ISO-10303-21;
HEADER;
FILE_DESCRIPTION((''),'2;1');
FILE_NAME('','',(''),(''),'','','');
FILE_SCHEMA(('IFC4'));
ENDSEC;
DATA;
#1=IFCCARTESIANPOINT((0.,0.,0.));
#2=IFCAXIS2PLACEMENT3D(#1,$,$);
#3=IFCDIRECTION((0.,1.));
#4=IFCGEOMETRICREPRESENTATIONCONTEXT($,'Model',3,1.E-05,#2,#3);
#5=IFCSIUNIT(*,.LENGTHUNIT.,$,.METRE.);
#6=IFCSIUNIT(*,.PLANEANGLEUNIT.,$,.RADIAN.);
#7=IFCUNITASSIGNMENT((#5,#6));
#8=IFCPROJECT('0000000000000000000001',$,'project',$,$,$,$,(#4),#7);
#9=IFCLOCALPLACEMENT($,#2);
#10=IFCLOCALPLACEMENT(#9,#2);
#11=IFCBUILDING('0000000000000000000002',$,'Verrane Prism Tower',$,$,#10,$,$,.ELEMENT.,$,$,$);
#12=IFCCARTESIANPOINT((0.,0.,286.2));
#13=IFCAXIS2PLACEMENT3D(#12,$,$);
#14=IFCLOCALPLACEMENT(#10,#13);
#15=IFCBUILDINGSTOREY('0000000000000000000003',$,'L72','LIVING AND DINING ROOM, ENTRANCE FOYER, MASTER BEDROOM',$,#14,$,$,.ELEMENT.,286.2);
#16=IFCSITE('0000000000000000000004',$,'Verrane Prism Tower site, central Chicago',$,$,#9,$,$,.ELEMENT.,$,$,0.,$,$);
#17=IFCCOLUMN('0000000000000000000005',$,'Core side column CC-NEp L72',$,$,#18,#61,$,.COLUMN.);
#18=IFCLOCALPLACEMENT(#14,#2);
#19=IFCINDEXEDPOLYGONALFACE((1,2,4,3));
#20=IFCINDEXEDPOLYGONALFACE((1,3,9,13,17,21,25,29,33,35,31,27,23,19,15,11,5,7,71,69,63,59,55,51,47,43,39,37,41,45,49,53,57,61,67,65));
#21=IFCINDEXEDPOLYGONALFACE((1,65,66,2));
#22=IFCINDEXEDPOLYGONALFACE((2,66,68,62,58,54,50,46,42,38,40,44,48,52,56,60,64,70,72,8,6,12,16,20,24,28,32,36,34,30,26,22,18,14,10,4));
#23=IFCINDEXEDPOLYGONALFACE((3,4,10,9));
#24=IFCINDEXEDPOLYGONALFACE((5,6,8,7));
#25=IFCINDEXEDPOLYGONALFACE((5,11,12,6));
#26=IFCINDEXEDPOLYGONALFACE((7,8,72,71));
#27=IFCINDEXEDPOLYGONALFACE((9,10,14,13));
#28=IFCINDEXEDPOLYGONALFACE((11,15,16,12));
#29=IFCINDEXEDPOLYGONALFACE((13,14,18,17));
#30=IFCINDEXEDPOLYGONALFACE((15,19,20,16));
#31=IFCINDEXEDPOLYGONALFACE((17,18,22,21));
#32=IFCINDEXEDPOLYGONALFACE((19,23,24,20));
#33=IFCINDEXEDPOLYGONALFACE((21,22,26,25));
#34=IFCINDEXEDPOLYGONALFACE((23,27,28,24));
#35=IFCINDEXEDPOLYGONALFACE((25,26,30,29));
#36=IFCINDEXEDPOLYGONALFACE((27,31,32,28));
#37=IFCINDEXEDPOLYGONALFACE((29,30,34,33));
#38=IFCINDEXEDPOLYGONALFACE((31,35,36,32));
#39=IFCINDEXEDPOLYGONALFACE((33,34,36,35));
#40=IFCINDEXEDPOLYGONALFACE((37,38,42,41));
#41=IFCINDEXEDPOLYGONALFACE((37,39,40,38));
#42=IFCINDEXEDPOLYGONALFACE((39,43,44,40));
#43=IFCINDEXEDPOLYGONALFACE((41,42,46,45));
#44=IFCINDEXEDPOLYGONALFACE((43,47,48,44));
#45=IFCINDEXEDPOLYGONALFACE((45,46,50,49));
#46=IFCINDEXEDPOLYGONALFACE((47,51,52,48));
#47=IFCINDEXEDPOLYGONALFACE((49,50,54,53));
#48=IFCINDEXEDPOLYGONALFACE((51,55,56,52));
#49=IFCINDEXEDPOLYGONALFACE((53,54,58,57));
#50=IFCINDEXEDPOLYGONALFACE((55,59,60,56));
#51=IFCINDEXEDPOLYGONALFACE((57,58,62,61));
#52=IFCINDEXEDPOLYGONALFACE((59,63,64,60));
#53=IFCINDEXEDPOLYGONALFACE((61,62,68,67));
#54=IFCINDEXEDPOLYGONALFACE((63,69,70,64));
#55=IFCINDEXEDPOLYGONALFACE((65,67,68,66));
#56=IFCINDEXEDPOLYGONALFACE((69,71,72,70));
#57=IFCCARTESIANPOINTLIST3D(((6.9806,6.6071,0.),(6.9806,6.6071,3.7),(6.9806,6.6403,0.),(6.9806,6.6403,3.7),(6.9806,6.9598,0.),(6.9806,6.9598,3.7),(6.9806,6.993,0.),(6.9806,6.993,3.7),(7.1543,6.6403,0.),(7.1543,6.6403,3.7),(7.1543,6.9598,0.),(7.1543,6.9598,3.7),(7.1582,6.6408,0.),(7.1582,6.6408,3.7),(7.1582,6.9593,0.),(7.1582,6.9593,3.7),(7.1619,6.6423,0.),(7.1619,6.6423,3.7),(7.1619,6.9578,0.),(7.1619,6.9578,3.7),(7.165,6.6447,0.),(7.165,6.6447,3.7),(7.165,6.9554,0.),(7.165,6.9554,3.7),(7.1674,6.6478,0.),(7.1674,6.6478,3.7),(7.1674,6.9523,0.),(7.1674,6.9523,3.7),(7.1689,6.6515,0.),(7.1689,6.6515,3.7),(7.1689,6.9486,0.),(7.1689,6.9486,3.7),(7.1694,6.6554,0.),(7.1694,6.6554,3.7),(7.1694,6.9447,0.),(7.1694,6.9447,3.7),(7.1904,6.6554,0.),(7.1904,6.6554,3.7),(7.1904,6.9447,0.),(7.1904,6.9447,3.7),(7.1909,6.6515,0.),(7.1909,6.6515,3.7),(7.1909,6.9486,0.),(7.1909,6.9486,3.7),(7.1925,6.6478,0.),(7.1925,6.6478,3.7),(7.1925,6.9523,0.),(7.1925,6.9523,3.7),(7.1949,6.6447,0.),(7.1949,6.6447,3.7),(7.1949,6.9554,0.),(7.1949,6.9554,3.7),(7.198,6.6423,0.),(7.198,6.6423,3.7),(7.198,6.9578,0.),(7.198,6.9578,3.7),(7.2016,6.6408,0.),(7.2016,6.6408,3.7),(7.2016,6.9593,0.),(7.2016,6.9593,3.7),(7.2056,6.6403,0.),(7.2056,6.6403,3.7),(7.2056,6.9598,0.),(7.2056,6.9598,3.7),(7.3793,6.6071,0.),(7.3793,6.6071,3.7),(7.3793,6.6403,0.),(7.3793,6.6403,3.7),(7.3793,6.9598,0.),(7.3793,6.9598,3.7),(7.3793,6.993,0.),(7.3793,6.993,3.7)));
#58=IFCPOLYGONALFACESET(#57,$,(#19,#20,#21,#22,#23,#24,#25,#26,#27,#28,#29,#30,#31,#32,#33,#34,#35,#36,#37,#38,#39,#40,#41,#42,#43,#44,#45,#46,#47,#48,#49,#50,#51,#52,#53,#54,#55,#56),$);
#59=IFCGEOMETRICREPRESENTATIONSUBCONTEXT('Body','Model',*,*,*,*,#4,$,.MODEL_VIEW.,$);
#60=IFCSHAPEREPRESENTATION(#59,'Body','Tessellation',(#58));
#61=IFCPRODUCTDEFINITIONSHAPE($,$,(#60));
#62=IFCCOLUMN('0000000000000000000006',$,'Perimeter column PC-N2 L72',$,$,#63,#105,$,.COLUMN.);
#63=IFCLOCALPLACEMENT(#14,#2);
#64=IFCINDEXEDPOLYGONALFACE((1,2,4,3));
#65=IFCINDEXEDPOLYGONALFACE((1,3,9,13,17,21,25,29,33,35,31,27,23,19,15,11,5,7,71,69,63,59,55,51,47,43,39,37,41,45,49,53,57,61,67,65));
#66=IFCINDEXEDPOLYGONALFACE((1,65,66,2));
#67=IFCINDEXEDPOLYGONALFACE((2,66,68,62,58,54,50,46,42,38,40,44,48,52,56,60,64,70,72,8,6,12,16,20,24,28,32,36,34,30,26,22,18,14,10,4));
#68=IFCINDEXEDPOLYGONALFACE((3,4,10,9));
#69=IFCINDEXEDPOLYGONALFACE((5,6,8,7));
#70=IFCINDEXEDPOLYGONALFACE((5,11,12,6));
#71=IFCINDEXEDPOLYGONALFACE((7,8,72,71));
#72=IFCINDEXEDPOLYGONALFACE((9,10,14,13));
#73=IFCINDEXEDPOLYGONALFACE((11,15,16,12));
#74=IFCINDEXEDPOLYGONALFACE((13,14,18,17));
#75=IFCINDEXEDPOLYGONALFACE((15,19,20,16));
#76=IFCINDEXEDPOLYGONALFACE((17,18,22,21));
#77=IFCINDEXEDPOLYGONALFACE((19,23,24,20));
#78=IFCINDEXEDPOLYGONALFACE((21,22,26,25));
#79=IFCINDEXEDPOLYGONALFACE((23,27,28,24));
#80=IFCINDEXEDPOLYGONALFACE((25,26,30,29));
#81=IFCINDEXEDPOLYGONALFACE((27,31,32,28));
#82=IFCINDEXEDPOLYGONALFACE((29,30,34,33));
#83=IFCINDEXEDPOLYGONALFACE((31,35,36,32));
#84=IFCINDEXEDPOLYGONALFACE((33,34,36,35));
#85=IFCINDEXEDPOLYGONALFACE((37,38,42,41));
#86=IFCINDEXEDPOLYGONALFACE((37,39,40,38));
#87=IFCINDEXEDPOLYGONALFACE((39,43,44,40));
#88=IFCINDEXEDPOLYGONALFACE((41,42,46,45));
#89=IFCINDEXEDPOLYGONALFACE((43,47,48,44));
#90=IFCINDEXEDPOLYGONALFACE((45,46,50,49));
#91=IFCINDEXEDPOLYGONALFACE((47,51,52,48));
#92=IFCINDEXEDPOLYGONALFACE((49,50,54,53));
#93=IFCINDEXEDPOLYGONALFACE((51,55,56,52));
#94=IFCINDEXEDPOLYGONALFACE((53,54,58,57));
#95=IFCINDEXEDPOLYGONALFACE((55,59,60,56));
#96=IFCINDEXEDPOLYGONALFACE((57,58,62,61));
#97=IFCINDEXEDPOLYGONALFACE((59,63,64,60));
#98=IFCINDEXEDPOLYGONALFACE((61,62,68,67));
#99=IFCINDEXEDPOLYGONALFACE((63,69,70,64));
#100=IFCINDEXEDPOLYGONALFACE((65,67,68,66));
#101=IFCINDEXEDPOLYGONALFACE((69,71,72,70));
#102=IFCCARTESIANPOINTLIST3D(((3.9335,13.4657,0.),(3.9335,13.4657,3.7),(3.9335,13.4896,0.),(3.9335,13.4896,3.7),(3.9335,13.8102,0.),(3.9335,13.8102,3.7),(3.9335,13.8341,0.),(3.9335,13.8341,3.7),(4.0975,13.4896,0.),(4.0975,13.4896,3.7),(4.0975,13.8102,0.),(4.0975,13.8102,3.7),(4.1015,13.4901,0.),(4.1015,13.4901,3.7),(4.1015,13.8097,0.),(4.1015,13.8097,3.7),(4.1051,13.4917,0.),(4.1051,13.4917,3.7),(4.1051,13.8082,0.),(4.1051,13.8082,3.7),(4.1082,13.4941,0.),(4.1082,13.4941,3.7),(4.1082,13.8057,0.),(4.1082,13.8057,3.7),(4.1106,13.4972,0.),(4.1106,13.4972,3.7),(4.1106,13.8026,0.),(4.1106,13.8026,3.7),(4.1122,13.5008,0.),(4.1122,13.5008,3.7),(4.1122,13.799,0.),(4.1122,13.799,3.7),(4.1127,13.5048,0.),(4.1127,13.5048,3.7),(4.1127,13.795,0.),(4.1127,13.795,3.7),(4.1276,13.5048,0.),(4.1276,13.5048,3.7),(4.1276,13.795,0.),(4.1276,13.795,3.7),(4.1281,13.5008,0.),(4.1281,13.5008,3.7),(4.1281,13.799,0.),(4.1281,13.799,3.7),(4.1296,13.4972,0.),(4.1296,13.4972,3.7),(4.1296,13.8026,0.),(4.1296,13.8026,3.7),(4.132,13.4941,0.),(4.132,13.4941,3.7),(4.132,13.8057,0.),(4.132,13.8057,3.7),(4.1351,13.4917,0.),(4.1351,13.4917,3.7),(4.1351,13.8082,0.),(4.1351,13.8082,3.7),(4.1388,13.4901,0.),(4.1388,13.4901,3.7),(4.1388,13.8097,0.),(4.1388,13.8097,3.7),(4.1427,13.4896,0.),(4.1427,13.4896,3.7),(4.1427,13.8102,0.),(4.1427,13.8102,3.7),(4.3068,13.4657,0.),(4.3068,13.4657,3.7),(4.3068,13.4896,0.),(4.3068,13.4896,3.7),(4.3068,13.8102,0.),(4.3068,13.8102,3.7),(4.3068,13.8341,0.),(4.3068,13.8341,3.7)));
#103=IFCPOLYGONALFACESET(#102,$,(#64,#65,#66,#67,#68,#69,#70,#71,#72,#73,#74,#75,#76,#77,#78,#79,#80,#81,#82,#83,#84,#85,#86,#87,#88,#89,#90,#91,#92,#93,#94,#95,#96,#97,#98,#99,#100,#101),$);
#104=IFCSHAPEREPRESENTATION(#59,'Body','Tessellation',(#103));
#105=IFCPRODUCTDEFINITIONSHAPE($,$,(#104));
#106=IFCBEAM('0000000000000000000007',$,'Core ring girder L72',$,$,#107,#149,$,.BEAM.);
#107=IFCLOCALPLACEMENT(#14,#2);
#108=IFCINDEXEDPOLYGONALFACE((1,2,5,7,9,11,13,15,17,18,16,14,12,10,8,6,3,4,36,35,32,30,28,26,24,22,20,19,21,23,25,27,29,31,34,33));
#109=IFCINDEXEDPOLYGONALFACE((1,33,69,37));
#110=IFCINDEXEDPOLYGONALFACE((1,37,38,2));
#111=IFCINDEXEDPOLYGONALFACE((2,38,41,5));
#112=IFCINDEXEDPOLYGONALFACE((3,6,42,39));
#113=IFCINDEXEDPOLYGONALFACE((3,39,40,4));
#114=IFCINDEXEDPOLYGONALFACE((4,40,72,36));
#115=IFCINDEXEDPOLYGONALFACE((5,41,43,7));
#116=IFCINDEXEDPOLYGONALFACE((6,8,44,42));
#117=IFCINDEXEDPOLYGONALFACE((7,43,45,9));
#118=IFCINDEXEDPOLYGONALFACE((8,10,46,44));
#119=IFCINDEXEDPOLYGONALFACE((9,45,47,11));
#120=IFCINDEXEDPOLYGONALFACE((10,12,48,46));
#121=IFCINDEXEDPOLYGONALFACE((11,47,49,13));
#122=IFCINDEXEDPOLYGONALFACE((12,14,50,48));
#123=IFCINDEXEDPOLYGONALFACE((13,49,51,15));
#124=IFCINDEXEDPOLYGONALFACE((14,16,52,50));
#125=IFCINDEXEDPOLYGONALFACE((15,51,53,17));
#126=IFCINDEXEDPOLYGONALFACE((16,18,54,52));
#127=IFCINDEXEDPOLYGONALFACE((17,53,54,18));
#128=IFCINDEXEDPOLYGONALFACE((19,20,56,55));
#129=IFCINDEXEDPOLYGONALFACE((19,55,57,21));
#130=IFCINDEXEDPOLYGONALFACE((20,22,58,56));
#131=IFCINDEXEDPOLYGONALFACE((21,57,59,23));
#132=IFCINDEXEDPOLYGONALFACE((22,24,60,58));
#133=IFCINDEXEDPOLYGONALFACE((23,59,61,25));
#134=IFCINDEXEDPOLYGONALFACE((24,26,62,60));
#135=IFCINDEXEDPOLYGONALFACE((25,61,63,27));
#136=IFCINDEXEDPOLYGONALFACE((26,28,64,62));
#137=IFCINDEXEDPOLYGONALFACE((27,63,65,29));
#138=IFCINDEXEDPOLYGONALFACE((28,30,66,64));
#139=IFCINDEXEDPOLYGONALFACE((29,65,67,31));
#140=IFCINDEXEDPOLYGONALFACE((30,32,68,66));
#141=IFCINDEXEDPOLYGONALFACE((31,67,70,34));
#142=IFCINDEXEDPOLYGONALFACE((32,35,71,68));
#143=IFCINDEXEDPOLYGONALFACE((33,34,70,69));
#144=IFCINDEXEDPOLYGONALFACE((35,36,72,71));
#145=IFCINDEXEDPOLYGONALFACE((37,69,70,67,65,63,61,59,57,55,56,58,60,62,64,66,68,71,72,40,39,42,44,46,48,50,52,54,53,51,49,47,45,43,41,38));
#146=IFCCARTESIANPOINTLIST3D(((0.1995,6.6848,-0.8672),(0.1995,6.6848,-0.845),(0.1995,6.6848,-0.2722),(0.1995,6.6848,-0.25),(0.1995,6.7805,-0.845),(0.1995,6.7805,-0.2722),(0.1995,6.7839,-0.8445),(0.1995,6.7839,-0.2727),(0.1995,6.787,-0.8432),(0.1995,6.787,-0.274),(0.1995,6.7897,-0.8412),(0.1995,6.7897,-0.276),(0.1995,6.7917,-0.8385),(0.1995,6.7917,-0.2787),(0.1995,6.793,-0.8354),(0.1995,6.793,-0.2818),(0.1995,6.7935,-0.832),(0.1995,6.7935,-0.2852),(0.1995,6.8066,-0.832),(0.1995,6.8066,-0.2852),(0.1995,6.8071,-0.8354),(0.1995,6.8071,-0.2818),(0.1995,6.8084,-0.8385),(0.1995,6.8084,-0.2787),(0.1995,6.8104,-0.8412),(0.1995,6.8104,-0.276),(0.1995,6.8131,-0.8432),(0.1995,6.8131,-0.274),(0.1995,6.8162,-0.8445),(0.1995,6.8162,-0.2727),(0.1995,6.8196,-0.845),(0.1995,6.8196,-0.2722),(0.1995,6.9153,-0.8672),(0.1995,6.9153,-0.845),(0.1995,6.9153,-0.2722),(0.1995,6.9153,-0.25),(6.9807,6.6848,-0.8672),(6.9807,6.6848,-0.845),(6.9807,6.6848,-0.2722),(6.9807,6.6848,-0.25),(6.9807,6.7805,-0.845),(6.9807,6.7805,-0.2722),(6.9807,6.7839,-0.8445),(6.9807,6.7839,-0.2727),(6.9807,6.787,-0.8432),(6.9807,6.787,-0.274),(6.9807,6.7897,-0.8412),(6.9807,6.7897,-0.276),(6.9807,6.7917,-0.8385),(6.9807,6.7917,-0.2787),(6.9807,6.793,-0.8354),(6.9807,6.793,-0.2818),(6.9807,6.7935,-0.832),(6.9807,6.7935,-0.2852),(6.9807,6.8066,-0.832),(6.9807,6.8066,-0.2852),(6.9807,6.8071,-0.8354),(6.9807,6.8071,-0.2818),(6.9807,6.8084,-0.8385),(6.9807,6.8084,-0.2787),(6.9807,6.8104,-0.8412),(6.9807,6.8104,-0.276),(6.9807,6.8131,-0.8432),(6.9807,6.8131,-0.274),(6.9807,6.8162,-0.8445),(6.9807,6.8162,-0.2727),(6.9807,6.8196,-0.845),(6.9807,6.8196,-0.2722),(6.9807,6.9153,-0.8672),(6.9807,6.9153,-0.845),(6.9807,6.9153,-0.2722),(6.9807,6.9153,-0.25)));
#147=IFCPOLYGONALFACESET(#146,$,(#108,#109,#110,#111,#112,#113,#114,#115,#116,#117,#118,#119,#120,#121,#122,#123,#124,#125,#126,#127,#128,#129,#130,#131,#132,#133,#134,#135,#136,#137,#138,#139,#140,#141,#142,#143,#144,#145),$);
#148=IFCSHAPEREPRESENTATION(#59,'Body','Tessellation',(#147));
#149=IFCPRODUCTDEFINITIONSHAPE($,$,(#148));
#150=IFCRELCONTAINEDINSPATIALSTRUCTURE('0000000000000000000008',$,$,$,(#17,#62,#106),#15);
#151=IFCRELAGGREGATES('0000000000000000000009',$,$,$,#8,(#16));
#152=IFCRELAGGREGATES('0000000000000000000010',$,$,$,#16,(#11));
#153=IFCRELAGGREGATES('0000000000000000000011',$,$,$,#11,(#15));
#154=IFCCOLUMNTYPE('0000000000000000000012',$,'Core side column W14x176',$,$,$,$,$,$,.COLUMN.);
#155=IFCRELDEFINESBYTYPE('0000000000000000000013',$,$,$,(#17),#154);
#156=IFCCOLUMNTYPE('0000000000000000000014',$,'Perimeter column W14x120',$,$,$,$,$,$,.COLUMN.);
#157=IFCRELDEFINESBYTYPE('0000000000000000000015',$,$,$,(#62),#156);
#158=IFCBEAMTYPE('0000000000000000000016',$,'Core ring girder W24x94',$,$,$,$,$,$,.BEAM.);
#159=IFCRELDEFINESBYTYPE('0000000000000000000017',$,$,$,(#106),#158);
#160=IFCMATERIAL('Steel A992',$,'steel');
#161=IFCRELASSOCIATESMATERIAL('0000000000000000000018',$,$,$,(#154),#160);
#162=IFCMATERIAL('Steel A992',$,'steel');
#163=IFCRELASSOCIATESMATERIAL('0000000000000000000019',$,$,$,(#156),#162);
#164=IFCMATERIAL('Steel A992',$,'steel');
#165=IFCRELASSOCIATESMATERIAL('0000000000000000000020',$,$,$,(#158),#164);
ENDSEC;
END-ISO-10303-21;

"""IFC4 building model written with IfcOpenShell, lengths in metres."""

from ifc_helpers import new_model, si_unit, direction, frame, origin, origin_2d, place, context, subcontext, project, spatial, i_section, extrude, material, material_profile, profile_set, type_object, element, save


model = new_model("IFC4")

# Units and contexts
model_context = context("Model", 3, precision=1e-05, world=origin(), true_north=direction((0.0, 1.0)))
body_context = subcontext(model_context, "Body", "Model", "MODEL_VIEW")
ifc_project = project(units=[si_unit("LENGTHUNIT", "METRE"), si_unit("PLANEANGLEUNIT", "RADIAN")], contexts=[model_context])

# Site, building, storey
site_placement = place(None, origin())
site = spatial("IfcSite", under=ifc_project, at=site_placement, Name="Verrane Prism Tower site, central Chicago", CompositionType="ELEMENT", RefElevation=0.0)
building_placement = place(site_placement, origin())
building = spatial("IfcBuilding", under=site, at=building_placement, Name="Verrane Prism Tower", CompositionType="ELEMENT")
storey_placement = place(building_placement, frame((0.0, 0.0, 286.2)))
storey = spatial("IfcBuildingStorey", under=building, at=storey_placement, Name="L72", Description="LIVING AND DINING ROOM, ENTRANCE FOYER, MASTER BEDROOM", CompositionType="ELEMENT", Elevation=286.2)

# Columns
ifc_material_1 = material(Name="Steel A992", Category="steel")
ifc_material_profile_1 = material_profile(ifc_material_1, i_section(OverallWidth=0.3987, OverallDepth=0.386, WebThickness=0.021, FlangeThickness=0.0332, FilletRadius=0.0151, at=origin_2d()), Name="W14x176")
ifc_profile_set_1 = profile_set([ifc_material_profile_1], Name="Steel A992")
column_type_1 = type_object("IfcColumnType", Name="Core side column W14x176", PredefinedType="COLUMN", material=ifc_profile_set_1)
column_1_placement = place(storey_placement, frame((7.1799, 6.8, 0.0), z_axis=(0.0, 0.0, 1.0), x_axis=(1.0, 0.0, 0.0)))
element("IfcColumn", 1, at=column_1_placement, inside=storey, type_object=column_type_1, Name="Core side column CC-NEp L72", PredefinedType="COLUMN", context=body_context, shape_type="SweptSolid", body=[
    extrude(i_section(OverallWidth=0.3987, OverallDepth=0.386, WebThickness=0.021, FlangeThickness=0.0332, FilletRadius=0.0151, at=origin_2d()), origin(), (0.0, 0.0, 1.0), 3.7),
])
ifc_material_2 = material(Name="Steel A992", Category="steel")
ifc_material_profile_2 = material_profile(ifc_material_2, i_section(OverallWidth=0.3733, OverallDepth=0.3684, WebThickness=0.0149, FlangeThickness=0.0239, FilletRadius=0.0151, at=origin_2d()), Name="W14x120")
ifc_profile_set_2 = profile_set([ifc_material_profile_2], Name="Steel A992")
column_type_2 = type_object("IfcColumnType", Name="Perimeter column W14x120", PredefinedType="COLUMN", material=ifc_profile_set_2)
column_2_placement = place(storey_placement, frame((4.1201, 13.6499, 0.0), z_axis=(0.0, 0.0, 1.0), x_axis=(1.0, 0.0, 0.0)))
element("IfcColumn", 2, at=column_2_placement, inside=storey, type_object=column_type_2, Name="Perimeter column PC-N2 L72", PredefinedType="COLUMN", context=body_context, shape_type="SweptSolid", body=[
    extrude(i_section(OverallWidth=0.3733, OverallDepth=0.3684, WebThickness=0.0149, FlangeThickness=0.0239, FilletRadius=0.0151, at=origin_2d()), origin(), (0.0, 0.0, 1.0), 3.7),
])

# Beam
ifc_material_3 = material(Name="Steel A992", Category="steel")
ifc_material_profile_3 = material_profile(ifc_material_3, i_section(OverallWidth=0.2305, OverallDepth=0.6172, WebThickness=0.0132, FlangeThickness=0.0222, FilletRadius=0.0129, at=origin_2d()), Name="W24x94")
ifc_profile_set_3 = profile_set([ifc_material_profile_3], Name="Steel A992")
beam_type_1 = type_object("IfcBeamType", Name="Core ring girder W24x94", PredefinedType="BEAM", material=ifc_profile_set_3)
beam_1_placement = place(storey_placement, frame((6.9807, 6.8, -0.5586), z_axis=(-1.0, 0.0, 0.0), x_axis=(0.0, -1.0, 0.0)))
element("IfcBeam", 3, at=beam_1_placement, inside=storey, type_object=beam_type_1, Name="Core ring girder L72", PredefinedType="BEAM", context=body_context, shape_type="SweptSolid", body=[
    extrude(i_section(OverallWidth=0.2305, OverallDepth=0.6172, WebThickness=0.0132, FlangeThickness=0.0222, FilletRadius=0.0129, at=origin_2d()), origin(), (0.0, 0.0, 1.0), 6.7812),
])

save(model, "model.ifc")
